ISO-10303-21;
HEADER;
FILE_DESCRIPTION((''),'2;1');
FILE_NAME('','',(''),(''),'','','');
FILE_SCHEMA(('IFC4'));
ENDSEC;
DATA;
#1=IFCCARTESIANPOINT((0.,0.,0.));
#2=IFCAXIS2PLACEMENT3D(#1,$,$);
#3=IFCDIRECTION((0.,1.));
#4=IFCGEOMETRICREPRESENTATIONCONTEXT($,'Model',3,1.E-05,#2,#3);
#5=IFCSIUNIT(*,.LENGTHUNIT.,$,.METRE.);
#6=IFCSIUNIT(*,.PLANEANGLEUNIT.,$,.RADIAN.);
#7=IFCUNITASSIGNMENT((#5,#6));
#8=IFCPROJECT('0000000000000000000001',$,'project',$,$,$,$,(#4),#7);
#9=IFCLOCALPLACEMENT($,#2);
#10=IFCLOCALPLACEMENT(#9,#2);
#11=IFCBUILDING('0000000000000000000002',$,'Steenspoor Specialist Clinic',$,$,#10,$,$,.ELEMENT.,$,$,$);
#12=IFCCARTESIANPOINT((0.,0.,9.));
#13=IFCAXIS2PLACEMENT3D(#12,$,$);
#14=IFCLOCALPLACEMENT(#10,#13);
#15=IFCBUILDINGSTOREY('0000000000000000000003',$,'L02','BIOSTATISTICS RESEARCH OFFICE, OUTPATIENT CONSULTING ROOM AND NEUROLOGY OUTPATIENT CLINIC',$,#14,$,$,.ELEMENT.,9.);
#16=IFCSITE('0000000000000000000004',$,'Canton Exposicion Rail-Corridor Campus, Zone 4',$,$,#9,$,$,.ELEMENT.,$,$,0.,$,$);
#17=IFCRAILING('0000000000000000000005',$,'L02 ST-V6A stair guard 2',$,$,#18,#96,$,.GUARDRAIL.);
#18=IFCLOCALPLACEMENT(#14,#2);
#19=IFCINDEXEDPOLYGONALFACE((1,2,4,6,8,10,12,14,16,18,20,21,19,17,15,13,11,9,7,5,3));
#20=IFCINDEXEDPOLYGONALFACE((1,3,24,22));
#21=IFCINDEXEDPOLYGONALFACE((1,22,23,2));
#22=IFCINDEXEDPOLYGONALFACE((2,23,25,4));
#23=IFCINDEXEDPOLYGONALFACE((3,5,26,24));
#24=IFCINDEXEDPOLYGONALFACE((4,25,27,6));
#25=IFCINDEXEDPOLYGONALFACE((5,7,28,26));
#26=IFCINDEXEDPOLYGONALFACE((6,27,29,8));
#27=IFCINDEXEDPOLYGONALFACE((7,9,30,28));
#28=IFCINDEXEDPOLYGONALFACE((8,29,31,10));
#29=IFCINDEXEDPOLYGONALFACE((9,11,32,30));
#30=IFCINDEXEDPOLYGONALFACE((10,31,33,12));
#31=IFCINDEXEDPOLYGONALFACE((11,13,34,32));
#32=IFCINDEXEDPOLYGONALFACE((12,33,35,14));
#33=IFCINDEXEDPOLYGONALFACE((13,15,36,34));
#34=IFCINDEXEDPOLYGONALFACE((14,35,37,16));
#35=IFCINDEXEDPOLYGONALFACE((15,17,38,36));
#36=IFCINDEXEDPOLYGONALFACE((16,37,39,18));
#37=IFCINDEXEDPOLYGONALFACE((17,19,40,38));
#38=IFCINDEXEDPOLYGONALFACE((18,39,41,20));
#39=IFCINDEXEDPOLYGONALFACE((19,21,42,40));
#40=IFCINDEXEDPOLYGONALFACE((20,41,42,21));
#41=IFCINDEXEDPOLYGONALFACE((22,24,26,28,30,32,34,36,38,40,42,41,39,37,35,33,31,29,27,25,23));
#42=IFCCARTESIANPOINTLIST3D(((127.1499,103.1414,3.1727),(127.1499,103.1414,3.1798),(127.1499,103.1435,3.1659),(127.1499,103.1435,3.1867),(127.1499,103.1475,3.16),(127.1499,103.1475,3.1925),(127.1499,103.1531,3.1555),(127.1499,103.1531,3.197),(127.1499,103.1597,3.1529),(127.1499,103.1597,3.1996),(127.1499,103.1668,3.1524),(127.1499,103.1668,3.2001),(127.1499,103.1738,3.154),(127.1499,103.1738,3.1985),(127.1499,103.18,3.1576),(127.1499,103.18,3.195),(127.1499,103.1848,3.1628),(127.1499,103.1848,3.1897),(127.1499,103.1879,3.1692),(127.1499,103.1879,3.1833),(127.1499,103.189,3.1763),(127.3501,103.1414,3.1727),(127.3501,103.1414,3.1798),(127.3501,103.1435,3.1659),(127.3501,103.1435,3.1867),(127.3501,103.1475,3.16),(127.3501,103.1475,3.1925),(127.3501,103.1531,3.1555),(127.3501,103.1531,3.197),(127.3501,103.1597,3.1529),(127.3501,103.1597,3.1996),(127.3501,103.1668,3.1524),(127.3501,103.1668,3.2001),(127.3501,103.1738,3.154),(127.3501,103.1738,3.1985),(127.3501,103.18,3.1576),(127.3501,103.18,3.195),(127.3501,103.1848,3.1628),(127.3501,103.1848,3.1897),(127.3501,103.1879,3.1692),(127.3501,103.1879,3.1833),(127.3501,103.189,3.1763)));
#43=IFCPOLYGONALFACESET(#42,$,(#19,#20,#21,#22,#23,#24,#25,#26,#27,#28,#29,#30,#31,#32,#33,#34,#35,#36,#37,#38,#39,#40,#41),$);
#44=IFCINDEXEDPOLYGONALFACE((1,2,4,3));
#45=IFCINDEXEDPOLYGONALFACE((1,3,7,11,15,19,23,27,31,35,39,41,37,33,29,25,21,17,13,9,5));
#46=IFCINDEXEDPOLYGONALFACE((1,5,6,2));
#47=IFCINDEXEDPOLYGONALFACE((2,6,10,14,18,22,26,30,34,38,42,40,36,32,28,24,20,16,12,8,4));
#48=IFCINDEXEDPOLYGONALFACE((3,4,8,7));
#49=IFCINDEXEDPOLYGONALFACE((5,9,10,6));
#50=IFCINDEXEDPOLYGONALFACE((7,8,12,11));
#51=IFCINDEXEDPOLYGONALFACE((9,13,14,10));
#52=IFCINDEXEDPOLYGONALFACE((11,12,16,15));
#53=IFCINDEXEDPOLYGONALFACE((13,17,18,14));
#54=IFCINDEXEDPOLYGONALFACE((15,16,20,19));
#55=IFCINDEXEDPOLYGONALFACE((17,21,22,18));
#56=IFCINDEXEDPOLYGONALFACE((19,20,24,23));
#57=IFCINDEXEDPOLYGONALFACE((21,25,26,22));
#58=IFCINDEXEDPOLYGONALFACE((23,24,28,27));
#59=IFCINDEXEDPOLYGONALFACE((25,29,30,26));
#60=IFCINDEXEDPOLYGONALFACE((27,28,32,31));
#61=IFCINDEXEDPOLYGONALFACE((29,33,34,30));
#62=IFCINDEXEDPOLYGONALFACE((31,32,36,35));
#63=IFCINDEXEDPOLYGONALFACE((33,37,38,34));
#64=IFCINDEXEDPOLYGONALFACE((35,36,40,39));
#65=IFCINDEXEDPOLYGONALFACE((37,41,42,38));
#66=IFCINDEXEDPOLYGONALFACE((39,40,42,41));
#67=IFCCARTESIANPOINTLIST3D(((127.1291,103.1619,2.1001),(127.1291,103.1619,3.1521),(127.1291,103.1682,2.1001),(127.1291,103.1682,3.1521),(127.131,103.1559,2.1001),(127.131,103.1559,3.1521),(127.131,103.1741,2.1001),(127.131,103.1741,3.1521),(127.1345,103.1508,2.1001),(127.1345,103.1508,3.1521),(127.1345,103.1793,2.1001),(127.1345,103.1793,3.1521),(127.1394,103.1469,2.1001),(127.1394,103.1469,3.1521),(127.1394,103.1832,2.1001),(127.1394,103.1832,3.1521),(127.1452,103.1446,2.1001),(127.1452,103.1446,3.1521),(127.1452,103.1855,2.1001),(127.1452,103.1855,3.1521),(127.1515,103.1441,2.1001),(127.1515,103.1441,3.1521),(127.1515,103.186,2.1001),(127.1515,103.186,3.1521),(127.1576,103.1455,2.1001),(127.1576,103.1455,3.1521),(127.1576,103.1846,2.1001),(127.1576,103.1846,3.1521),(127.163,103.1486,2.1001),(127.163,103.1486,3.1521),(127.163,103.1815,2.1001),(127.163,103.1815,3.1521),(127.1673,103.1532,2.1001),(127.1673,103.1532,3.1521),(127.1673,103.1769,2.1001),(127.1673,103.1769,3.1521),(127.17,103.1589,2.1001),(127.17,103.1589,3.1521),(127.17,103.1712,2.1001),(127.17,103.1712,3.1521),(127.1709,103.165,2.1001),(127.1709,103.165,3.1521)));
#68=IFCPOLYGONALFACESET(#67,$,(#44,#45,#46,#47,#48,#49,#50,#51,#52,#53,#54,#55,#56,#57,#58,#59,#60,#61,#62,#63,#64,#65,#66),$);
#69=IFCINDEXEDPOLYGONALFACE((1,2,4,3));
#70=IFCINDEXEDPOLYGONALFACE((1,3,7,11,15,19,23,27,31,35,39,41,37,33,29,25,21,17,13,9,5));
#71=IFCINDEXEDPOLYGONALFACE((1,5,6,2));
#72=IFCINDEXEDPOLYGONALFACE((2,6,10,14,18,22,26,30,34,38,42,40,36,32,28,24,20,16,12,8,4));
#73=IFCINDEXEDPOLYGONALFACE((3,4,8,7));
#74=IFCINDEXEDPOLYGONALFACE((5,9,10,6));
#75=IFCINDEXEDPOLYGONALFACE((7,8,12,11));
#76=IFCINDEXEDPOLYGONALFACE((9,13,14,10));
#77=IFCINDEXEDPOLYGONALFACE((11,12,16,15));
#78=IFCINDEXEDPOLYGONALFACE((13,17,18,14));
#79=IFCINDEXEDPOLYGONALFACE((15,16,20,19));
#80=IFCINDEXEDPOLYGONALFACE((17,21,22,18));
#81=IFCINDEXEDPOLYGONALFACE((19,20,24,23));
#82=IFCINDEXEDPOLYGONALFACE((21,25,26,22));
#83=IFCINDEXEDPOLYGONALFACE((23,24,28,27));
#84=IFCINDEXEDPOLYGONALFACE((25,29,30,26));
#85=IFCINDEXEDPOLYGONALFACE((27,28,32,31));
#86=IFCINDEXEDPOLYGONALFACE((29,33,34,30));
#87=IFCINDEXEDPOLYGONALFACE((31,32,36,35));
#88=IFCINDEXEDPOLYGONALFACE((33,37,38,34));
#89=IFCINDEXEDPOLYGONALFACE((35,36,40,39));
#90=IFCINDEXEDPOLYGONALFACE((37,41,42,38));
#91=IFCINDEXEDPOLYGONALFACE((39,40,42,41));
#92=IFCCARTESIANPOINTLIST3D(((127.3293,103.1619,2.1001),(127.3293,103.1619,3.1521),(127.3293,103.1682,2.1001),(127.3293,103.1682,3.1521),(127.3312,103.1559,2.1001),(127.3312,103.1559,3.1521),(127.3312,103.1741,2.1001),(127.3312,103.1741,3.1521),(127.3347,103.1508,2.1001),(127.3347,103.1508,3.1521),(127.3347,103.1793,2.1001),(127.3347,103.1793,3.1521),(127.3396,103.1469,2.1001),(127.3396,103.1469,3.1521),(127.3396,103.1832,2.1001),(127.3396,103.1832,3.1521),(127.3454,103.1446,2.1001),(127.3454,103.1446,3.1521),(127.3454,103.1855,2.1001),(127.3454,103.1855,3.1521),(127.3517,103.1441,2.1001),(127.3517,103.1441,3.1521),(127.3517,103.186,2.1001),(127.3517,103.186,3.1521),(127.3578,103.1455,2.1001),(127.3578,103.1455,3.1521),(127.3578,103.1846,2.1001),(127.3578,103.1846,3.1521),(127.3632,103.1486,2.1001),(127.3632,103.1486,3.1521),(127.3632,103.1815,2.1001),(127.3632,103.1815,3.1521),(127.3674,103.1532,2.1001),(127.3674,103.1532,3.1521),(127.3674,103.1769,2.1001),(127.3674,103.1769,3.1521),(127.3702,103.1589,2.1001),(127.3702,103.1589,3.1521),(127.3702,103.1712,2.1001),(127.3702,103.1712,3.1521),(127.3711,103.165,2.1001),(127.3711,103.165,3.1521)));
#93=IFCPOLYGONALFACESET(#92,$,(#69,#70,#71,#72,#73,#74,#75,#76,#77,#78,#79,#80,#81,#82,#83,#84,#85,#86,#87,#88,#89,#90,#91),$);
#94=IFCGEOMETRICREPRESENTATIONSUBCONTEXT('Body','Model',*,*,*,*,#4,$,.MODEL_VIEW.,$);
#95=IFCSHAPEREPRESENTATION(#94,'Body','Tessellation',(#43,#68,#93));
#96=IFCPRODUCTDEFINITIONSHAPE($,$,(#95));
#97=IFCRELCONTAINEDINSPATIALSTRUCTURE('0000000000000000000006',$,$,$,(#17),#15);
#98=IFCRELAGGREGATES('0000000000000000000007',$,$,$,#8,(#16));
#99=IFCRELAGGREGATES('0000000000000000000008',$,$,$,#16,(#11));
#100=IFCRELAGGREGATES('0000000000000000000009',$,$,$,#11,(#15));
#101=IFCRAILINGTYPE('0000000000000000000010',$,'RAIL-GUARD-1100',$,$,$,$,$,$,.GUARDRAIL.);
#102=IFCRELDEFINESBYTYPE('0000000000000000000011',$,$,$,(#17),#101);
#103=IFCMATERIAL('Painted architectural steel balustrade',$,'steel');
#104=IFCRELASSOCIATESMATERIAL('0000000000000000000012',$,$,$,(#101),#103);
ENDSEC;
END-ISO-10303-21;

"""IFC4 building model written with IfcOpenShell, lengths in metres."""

from ifc_helpers import new_model, si_unit, direction, frame, origin, origin_2d, place, context, subcontext, project, spatial, circle, extrude, material, type_object, element, save


model = new_model("IFC4")

# Units and contexts
model_context = context("Model", 3, precision=1e-05, world=origin(), true_north=direction((0.0, 1.0)))
body_context = subcontext(model_context, "Body", "Model", "MODEL_VIEW")
ifc_project = project(units=[si_unit("LENGTHUNIT", "METRE"), si_unit("PLANEANGLEUNIT", "RADIAN")], contexts=[model_context])

# Site, building, storey
site_placement = place(None, origin())
site = spatial("IfcSite", under=ifc_project, at=site_placement, Name="Canton Exposicion Rail-Corridor Campus, Zone 4", CompositionType="ELEMENT", RefElevation=0.0)
building_placement = place(site_placement, origin())
building = spatial("IfcBuilding", under=site, at=building_placement, Name="Steenspoor Specialist Clinic", CompositionType="ELEMENT")
storey_placement = place(building_placement, frame((0.0, 0.0, 9.0)))
storey = spatial("IfcBuildingStorey", under=building, at=storey_placement, Name="L02", Description="BIOSTATISTICS RESEARCH OFFICE, OUTPATIENT CONSULTING ROOM AND NEUROLOGY OUTPATIENT CLINIC", CompositionType="ELEMENT", Elevation=9.0)

# Railing
ifc_material_1 = material(Name="Painted architectural steel balustrade", Category="steel")
railing_type_1 = type_object("IfcRailingType", Name="RAIL-GUARD-1100", PredefinedType="GUARDRAIL", material=ifc_material_1)
railing_1_placement = place(storey_placement, frame((127.1499, 103.165, 2.1001)))
element("IfcRailing", 1, at=railing_1_placement, inside=storey, type_object=railing_type_1, Name="L02 ST-V6A stair guard 2", PredefinedType="GUARDRAIL", context=body_context, shape_type="SweptSolid", body=[
    extrude(circle(Radius=0.0239, at=origin_2d()), frame((0.0, 0.0, 1.0762), z_axis=(1.0, 0.0, 0.0), x_axis=(0.0, 1.0, 0.0)), (0.0, 0.0, 1.0), 0.2002),
    extrude(circle(Radius=0.021, at=origin_2d()), origin(), (0.0, 0.0, 1.0), 1.052),
    extrude(circle(Radius=0.021, at=origin_2d()), frame((0.2002, 0.0, 0.0)), (0.0, 0.0, 1.0), 1.052),
])

save(model, "model.ifc")
